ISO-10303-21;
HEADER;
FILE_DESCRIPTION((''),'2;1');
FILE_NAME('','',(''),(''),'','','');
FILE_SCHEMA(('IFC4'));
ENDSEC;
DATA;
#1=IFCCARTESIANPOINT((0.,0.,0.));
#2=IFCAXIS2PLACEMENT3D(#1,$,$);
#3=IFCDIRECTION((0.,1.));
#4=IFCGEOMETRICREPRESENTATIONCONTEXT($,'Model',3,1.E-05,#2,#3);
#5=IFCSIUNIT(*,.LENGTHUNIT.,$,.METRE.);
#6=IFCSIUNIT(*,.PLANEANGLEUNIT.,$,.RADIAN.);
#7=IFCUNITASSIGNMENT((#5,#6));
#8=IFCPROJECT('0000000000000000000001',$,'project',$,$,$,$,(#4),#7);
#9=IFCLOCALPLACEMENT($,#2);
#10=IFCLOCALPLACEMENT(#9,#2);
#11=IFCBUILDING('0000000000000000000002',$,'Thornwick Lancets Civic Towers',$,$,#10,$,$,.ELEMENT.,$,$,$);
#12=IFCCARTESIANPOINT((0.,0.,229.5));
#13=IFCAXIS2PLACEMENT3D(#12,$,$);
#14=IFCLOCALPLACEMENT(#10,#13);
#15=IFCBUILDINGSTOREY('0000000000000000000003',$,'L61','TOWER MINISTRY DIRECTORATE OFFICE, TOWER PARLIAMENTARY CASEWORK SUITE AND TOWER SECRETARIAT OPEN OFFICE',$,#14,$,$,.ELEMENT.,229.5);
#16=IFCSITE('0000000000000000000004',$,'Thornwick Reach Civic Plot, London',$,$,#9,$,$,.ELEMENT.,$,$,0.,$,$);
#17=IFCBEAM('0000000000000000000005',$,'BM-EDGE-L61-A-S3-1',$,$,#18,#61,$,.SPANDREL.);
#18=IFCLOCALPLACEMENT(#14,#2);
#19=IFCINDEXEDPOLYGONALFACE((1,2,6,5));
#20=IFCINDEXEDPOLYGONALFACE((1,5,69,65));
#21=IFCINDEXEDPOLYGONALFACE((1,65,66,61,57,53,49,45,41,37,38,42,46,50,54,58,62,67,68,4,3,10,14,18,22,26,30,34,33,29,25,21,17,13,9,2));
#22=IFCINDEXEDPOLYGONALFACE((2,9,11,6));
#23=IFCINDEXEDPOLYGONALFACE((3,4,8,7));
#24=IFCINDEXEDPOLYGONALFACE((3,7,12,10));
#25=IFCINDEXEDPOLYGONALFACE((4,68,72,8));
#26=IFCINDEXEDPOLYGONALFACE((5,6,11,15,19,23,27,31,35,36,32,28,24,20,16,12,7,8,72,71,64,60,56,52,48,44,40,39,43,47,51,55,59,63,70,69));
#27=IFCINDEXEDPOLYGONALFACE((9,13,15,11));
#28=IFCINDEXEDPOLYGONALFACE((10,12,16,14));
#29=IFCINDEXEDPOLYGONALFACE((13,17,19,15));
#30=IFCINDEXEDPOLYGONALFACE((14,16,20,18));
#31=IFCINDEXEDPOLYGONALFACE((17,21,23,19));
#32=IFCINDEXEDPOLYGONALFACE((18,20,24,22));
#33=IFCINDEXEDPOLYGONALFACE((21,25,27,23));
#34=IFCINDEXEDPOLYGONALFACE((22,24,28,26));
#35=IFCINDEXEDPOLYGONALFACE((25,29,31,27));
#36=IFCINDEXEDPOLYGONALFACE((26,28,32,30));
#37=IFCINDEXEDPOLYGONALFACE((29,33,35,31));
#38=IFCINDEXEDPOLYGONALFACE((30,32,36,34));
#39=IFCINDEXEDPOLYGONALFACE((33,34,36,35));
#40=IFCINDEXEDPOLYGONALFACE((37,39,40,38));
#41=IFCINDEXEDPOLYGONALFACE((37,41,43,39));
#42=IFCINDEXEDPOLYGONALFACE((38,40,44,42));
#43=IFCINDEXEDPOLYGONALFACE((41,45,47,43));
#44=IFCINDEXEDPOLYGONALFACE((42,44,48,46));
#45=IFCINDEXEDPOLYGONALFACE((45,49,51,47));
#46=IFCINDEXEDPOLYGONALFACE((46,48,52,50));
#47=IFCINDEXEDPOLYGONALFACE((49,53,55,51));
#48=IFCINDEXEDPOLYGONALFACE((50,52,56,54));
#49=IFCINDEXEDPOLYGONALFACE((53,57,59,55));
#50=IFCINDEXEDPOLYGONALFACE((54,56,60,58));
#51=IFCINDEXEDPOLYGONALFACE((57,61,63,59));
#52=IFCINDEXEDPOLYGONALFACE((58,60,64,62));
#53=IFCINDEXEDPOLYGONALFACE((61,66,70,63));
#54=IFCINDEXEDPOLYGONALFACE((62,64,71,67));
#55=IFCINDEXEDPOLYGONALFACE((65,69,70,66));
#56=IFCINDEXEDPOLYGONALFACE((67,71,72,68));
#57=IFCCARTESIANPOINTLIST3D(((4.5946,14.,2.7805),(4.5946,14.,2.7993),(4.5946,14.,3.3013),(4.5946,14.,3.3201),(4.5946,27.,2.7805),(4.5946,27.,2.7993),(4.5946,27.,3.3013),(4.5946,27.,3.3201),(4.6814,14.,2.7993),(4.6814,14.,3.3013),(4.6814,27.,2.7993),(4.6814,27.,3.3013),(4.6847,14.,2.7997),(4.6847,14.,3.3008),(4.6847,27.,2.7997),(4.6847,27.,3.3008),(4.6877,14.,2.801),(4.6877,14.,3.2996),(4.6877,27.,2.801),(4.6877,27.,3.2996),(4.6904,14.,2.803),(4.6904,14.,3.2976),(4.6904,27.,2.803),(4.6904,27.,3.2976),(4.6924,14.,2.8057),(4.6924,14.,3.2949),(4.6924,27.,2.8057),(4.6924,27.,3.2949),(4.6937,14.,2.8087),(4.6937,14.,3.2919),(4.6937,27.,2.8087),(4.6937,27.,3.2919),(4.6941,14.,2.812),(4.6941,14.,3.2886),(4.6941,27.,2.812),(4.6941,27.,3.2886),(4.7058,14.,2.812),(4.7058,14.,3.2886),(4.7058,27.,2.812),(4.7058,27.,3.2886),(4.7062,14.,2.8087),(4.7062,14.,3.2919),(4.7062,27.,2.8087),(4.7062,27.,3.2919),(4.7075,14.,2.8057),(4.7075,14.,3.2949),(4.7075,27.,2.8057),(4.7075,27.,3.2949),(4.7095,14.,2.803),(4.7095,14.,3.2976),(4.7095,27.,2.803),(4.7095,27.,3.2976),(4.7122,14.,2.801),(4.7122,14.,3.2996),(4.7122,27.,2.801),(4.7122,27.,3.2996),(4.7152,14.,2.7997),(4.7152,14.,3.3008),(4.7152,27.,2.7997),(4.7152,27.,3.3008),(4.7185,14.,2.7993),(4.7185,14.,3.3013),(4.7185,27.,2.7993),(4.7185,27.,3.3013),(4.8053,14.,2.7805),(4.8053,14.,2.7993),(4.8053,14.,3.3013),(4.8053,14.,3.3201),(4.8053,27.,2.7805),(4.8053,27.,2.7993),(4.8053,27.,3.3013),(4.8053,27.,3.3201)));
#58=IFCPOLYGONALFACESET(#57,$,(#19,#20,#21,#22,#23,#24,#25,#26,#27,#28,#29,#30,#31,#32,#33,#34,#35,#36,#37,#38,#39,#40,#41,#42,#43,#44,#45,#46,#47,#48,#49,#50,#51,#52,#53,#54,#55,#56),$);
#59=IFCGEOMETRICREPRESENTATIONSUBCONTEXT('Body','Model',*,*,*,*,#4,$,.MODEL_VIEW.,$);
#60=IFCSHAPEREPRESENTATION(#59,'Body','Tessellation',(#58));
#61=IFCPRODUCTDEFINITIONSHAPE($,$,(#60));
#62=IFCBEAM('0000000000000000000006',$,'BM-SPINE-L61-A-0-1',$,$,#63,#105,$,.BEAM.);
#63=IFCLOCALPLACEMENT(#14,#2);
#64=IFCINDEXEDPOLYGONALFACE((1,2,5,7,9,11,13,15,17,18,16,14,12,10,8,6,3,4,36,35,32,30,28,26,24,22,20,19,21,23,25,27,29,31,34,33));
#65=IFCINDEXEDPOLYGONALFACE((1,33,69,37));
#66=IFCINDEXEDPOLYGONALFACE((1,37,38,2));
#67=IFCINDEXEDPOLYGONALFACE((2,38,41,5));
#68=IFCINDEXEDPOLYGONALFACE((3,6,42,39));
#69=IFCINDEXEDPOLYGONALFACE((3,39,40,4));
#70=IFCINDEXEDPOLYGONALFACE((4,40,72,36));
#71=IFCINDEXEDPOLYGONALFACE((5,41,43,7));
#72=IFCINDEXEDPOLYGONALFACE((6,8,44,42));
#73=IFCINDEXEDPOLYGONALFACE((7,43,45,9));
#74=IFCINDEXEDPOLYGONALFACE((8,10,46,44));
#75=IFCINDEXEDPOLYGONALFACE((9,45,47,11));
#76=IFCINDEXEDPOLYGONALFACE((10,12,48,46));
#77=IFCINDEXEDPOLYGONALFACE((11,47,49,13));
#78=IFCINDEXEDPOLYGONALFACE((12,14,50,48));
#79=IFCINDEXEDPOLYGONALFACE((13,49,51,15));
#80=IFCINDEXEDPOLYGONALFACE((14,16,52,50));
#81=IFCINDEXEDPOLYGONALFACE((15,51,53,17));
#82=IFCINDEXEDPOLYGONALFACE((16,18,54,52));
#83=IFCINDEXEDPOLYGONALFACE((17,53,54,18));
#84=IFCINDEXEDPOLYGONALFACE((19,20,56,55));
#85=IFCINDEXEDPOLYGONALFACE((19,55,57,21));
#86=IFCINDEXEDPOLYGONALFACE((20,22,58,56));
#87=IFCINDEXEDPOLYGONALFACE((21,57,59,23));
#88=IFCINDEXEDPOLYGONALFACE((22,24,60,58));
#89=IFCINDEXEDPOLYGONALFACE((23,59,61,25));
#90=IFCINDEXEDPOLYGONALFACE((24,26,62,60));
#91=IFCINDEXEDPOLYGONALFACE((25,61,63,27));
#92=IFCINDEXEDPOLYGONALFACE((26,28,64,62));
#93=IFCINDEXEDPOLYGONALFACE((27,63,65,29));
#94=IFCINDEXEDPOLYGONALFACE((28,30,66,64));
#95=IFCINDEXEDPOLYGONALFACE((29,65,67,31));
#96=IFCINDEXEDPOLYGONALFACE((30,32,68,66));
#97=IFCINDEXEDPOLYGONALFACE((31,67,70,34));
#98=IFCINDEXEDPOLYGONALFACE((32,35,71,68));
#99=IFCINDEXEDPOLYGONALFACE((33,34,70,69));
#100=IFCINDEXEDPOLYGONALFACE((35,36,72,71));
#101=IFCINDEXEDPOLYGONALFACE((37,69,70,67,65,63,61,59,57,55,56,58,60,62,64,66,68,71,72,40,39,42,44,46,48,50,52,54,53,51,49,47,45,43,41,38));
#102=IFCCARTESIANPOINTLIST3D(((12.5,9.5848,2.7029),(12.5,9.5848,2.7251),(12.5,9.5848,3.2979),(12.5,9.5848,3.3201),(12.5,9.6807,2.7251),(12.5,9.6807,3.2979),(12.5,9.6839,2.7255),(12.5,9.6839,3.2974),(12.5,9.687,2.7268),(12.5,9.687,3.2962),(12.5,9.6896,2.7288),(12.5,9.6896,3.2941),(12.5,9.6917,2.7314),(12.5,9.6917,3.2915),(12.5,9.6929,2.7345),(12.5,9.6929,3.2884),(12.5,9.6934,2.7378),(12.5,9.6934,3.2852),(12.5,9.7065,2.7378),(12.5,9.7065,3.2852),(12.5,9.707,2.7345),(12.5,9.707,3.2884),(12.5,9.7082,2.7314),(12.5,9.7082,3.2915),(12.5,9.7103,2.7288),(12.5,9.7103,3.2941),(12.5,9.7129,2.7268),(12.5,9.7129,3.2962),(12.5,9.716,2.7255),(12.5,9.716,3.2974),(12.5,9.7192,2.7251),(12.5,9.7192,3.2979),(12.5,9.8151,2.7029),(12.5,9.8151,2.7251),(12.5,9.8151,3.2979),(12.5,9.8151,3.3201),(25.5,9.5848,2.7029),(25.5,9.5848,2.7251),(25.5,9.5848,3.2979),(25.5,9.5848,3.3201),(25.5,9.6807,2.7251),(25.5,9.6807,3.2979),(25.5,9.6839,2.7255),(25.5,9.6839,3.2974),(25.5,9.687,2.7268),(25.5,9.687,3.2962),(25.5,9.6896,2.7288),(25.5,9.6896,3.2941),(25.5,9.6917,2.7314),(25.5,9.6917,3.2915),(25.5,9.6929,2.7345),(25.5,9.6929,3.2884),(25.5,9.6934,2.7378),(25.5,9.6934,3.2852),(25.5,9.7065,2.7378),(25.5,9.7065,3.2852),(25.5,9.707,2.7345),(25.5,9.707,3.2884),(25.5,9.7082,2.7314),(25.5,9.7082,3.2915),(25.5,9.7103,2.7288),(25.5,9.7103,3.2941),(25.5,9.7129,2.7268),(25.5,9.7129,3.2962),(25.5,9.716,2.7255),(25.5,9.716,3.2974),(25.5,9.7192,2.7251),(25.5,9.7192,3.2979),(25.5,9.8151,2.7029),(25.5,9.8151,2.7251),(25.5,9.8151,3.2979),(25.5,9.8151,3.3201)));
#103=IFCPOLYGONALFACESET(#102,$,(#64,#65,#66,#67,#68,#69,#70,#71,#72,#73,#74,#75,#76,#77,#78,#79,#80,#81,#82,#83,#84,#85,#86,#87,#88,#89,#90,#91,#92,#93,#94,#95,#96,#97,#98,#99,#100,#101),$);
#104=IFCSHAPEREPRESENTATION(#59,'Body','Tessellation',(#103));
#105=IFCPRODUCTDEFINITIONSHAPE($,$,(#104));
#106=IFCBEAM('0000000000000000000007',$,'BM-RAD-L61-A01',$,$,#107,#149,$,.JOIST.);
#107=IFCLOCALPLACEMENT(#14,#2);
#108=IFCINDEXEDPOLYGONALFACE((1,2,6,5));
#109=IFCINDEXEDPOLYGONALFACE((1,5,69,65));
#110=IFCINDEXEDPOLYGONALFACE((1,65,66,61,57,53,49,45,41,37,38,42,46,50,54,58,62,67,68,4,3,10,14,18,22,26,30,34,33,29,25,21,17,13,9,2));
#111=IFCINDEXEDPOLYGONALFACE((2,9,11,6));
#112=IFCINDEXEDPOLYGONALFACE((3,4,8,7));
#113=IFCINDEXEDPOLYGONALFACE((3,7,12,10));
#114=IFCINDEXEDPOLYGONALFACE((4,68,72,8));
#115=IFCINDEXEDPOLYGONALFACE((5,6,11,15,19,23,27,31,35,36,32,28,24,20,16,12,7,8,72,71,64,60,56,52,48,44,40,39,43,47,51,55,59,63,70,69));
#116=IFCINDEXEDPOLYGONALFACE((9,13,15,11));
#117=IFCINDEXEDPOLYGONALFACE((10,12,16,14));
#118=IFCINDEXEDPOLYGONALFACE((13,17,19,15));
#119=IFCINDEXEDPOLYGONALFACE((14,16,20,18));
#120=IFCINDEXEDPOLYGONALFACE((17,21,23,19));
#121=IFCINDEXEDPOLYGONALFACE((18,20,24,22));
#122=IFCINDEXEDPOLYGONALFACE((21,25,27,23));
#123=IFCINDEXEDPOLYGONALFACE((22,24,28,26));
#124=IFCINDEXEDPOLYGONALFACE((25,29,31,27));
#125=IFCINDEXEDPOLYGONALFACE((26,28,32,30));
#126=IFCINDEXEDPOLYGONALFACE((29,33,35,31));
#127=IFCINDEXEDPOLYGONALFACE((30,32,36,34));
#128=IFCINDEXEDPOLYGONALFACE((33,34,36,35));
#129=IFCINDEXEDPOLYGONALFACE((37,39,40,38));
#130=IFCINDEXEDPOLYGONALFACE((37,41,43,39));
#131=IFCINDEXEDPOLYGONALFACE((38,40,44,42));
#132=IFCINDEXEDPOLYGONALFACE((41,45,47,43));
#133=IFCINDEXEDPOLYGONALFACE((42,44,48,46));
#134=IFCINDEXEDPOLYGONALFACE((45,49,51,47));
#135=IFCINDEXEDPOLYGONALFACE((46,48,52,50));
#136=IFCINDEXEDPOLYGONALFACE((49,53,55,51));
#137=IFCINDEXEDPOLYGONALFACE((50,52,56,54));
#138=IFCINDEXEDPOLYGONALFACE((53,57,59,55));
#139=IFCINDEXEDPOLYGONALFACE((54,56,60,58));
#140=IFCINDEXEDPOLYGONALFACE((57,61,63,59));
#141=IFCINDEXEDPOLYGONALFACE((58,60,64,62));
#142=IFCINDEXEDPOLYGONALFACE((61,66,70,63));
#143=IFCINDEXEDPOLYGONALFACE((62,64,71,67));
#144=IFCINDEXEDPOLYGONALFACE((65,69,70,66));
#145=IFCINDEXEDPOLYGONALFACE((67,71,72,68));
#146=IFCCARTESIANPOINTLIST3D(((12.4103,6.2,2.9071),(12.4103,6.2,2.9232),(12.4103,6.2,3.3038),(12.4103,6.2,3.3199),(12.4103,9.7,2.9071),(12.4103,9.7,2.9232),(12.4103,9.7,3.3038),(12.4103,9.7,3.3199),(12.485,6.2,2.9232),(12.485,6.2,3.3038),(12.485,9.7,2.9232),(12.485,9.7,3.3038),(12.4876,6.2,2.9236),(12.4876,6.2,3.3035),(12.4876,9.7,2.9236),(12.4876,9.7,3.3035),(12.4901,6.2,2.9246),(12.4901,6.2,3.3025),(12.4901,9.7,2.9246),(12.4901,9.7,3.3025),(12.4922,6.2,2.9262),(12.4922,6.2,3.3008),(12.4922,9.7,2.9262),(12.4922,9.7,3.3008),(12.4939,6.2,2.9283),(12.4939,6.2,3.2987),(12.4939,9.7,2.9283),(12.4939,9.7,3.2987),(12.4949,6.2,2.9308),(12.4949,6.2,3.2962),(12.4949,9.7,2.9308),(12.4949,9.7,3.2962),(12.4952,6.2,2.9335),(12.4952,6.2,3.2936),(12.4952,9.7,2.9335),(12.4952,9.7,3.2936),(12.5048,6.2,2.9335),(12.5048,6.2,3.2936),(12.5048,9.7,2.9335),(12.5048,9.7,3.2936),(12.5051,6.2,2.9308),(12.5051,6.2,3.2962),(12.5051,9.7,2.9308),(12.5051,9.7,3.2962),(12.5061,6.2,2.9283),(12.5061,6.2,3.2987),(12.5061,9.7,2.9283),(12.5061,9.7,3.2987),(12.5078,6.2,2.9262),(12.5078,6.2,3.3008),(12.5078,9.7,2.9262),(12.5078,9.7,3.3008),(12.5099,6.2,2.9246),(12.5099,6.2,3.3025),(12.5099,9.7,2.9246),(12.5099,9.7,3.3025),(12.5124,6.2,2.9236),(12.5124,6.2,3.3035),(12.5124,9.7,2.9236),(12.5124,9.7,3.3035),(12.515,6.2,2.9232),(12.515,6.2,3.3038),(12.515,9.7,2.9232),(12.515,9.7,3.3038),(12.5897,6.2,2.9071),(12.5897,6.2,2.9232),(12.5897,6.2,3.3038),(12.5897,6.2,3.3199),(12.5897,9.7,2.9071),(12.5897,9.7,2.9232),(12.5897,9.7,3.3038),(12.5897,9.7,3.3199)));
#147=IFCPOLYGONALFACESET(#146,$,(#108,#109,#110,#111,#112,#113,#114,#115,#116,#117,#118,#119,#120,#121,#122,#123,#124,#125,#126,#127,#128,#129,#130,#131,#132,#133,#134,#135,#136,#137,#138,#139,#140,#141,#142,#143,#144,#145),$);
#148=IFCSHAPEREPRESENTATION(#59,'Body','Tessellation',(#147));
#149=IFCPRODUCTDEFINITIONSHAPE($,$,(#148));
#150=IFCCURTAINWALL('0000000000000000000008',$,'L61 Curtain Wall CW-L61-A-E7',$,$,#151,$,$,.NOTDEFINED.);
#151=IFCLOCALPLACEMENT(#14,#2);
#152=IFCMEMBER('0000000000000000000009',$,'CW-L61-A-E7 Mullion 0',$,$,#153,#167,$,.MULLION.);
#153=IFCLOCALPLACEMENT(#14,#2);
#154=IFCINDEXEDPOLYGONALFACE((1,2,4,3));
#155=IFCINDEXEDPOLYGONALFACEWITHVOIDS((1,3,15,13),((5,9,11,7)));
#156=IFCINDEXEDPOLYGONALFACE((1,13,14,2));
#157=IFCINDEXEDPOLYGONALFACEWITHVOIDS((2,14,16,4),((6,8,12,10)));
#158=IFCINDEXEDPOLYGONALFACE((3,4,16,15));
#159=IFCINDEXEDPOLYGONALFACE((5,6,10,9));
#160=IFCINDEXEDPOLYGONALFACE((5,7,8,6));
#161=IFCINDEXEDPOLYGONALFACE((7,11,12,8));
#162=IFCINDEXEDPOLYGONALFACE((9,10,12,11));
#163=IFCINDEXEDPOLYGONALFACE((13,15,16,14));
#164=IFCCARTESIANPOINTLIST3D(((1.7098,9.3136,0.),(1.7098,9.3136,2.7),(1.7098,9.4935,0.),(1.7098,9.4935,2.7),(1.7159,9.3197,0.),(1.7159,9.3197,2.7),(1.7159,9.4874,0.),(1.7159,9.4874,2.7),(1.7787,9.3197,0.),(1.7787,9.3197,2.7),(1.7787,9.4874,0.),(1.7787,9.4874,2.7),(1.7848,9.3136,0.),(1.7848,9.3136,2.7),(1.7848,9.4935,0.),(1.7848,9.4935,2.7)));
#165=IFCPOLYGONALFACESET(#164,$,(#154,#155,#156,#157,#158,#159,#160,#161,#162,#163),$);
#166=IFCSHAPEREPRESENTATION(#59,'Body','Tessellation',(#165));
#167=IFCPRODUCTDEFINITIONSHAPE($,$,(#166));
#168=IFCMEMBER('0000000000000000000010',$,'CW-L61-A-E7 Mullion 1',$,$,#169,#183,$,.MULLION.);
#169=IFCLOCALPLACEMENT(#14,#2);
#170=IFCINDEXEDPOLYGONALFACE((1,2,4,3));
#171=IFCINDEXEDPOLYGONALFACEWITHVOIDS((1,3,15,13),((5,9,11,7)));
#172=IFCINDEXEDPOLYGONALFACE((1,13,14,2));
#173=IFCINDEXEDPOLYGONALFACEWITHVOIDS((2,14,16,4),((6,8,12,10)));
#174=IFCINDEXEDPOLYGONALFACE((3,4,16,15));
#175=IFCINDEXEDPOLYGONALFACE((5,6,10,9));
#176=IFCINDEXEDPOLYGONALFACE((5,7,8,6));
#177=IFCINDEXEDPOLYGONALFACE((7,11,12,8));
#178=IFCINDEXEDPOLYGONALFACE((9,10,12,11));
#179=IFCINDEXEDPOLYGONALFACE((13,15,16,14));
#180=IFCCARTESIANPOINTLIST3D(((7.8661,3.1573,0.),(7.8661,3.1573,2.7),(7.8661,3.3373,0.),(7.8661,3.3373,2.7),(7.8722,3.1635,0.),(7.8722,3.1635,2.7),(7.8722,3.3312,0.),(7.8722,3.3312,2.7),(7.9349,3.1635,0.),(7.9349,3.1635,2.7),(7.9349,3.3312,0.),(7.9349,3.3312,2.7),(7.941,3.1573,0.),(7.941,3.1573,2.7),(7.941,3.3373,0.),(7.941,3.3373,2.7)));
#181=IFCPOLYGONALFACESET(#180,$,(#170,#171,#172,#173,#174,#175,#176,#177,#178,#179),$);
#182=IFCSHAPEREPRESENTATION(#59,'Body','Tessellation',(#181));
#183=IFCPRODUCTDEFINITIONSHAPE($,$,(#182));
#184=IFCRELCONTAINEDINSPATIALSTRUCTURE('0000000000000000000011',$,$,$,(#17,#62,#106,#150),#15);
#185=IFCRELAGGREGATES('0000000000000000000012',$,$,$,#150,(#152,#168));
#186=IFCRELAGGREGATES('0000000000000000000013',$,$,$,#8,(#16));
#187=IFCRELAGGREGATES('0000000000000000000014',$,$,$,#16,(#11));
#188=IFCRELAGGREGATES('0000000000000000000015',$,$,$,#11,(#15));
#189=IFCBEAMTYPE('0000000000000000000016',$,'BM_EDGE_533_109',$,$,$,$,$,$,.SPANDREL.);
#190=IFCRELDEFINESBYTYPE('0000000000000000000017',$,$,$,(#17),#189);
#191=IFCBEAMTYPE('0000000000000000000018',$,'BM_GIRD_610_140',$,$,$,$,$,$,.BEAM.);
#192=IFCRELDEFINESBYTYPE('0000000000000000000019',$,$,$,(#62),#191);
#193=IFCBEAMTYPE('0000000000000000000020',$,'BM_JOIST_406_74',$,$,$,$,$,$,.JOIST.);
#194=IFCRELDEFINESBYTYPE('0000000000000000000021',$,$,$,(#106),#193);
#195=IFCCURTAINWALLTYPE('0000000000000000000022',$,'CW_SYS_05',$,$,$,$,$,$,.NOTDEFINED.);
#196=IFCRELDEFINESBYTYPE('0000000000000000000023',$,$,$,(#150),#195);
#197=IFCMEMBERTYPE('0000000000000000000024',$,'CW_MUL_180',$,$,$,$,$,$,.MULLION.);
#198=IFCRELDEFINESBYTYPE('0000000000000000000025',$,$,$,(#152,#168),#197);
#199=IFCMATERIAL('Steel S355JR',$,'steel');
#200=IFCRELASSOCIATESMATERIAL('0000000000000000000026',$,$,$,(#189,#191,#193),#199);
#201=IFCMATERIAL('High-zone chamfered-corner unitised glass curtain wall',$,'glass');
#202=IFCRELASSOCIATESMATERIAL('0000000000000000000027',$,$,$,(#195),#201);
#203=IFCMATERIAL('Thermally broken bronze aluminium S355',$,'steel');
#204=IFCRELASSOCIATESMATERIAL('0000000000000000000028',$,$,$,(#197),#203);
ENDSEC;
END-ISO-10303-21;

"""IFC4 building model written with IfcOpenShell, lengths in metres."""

from ifc_helpers import new_model, si_unit, direction, frame, origin, origin_2d, place, context, subcontext, project, spatial, hollow_rectangle, i_section, extrude, material, material_profile, profile_set, type_object, element, aggregate, save


model = new_model("IFC4")

# Units and contexts
model_context = context("Model", 3, precision=1e-05, world=origin(), true_north=direction((0.0, 1.0)))
body_context = subcontext(model_context, "Body", "Model", "MODEL_VIEW")
ifc_project = project(units=[si_unit("LENGTHUNIT", "METRE"), si_unit("PLANEANGLEUNIT", "RADIAN")], contexts=[model_context])

# Site, building, storey
site_placement = place(None, origin())
site = spatial("IfcSite", under=ifc_project, at=site_placement, Name="Thornwick Reach Civic Plot, London", CompositionType="ELEMENT", RefElevation=0.0)
building_placement = place(site_placement, origin())
building = spatial("IfcBuilding", under=site, at=building_placement, Name="Thornwick Lancets Civic Towers", CompositionType="ELEMENT")
storey_placement = place(building_placement, frame((0.0, 0.0, 229.5)))
storey = spatial("IfcBuildingStorey", under=building, at=storey_placement, Name="L61", Description="TOWER MINISTRY DIRECTORATE OFFICE, TOWER PARLIAMENTARY CASEWORK SUITE AND TOWER SECRETARIAT OPEN OFFICE", CompositionType="ELEMENT", Elevation=229.5)

# Shared definitions
ifc_material_1 = material(Name="Steel S355JR", Category="steel")

# Beams
ifc_material_profile_1 = material_profile(ifc_material_1, i_section(OverallWidth=0.2107, OverallDepth=0.5396, WebThickness=0.0117, FlangeThickness=0.0188, FilletRadius=0.0127, at=origin_2d()), Name="UKB 533x210x109")
ifc_profile_set_1 = profile_set([ifc_material_profile_1], Name="Steel S355JR")
beam_type_1 = type_object("IfcBeamType", Name="BM_EDGE_533_109", PredefinedType="SPANDREL", material=ifc_profile_set_1)
for number, where, z_axis, x_axis, name in (
    (1, (4.7, 14.0, 3.0503), (0.0, 1.0, 0.0), (-1.0, 0.0, 0.0), "BM-EDGE-L61-A-S3-1"),
):
    element("IfcBeam", number, at=place(storey_placement, frame(where, z_axis=z_axis, x_axis=x_axis)), inside=storey, type_object=beam_type_1, Name=name, PredefinedType="SPANDREL", context=body_context, shape_type="SweptSolid", body=[
        extrude(i_section(OverallWidth=0.2107, OverallDepth=0.5396, WebThickness=0.0117, FlangeThickness=0.0188, FilletRadius=0.0127, at=origin_2d()), origin(), (0.0, 0.0, 1.0), 13.0),
    ])
ifc_material_profile_2 = material_profile(ifc_material_1, i_section(OverallWidth=0.2302, OverallDepth=0.6172, WebThickness=0.0132, FlangeThickness=0.0222, FilletRadius=0.0127, at=origin_2d()), Name="UKB 610x229x140")
ifc_profile_set_2 = profile_set([ifc_material_profile_2], Name="Steel S355JR")
beam_type_2 = type_object("IfcBeamType", Name="BM_GIRD_610_140", PredefinedType="BEAM", material=ifc_profile_set_2)
beam_1_placement = place(storey_placement, frame((12.5, 9.7, 3.0115), z_axis=(1.0, 0.0, 0.0), x_axis=(0.0, 1.0, 0.0)))
element("IfcBeam", 2, at=beam_1_placement, inside=storey, type_object=beam_type_2, Name="BM-SPINE-L61-A-0-1", PredefinedType="BEAM", context=body_context, shape_type="SweptSolid", body=[
    extrude(i_section(OverallWidth=0.2302, OverallDepth=0.6172, WebThickness=0.0132, FlangeThickness=0.0222, FilletRadius=0.0127, at=origin_2d()), origin(), (0.0, 0.0, 1.0), 13.0),
])
ifc_material_profile_3 = material_profile(ifc_material_1, i_section(OverallWidth=0.1794, OverallDepth=0.4128, WebThickness=0.0095, FlangeThickness=0.0161, FilletRadius=0.0103, at=origin_2d()), Name="UKB 406x178x74")
ifc_profile_set_3 = profile_set([ifc_material_profile_3], Name="Steel S355JR")
beam_type_3 = type_object("IfcBeamType", Name="BM_JOIST_406_74", PredefinedType="JOIST", material=ifc_profile_set_3)
beam_2_placement = place(storey_placement, frame((12.5, 9.7, 3.1135), z_axis=(0.0, -1.0, 0.0), x_axis=(1.0, 0.0, 0.0)))
element("IfcBeam", 3, at=beam_2_placement, inside=storey, type_object=beam_type_3, Name="BM-RAD-L61-A01", PredefinedType="JOIST", context=body_context, shape_type="SweptSolid", body=[
    extrude(i_section(OverallWidth=0.1794, OverallDepth=0.4128, WebThickness=0.0095, FlangeThickness=0.0161, FilletRadius=0.0103, at=origin_2d()), origin(), (0.0, 0.0, 1.0), 3.5),
])

# Curtain wall, members
ifc_material_2 = material(Name="High-zone chamfered-corner unitised glass curtain wall", Category="glass")
curtain_wall_type = type_object("IfcCurtainWallType", Name="CW_SYS_05", PredefinedType="NOTDEFINED", material=ifc_material_2)
curtain_wall_placement = place(storey_placement, origin())
curtain_wall = element("IfcCurtainWall", 4, at=curtain_wall_placement, inside=storey, type_object=curtain_wall_type, Name="L61 Curtain Wall CW-L61-A-E7", PredefinedType="NOTDEFINED")
ifc_material_3 = material(Name="Thermally broken bronze aluminium S355", Category="steel")
ifc_material_profile_4 = material_profile(ifc_material_3, hollow_rectangle(XDim=0.075, YDim=0.1799, WallThickness=0.0061, at=origin_2d()), Name="RHS 180x75x6")
ifc_profile_set_4 = profile_set([ifc_material_profile_4], Name="Thermally broken bronze aluminium S355")
member_type_1 = type_object("IfcMemberType", Name="CW_MUL_180", PredefinedType="MULLION", material=ifc_profile_set_4)
member_1_placement = place(storey_placement, frame((1.7473, 9.4036, 0.0), z_axis=(0.0, 0.0, 1.0), x_axis=(1.0, 0.0, 0.0)))
member_1 = element("IfcMember", 5, at=member_1_placement, type_object=member_type_1, Name="CW-L61-A-E7 Mullion 0", PredefinedType="MULLION", context=body_context, shape_type="SweptSolid", body=[
    extrude(hollow_rectangle(XDim=0.075, YDim=0.1799, WallThickness=0.0061, at=origin_2d()), origin(), (0.0, 0.0, 1.0), 2.7),
])
member_2_placement = place(storey_placement, frame((7.9036, 3.2473, 0.0), z_axis=(0.0, 0.0, 1.0), x_axis=(1.0, 0.0, 0.0)))
member_2 = element("IfcMember", 6, at=member_2_placement, type_object=member_type_1, Name="CW-L61-A-E7 Mullion 1", PredefinedType="MULLION", context=body_context, shape_type="SweptSolid", body=[
    extrude(hollow_rectangle(XDim=0.075, YDim=0.1799, WallThickness=0.0061, at=origin_2d()), origin(), (0.0, 0.0, 1.0), 2.7),
])
aggregate(curtain_wall, [member_1, member_2])

save(model, "model.ifc")
